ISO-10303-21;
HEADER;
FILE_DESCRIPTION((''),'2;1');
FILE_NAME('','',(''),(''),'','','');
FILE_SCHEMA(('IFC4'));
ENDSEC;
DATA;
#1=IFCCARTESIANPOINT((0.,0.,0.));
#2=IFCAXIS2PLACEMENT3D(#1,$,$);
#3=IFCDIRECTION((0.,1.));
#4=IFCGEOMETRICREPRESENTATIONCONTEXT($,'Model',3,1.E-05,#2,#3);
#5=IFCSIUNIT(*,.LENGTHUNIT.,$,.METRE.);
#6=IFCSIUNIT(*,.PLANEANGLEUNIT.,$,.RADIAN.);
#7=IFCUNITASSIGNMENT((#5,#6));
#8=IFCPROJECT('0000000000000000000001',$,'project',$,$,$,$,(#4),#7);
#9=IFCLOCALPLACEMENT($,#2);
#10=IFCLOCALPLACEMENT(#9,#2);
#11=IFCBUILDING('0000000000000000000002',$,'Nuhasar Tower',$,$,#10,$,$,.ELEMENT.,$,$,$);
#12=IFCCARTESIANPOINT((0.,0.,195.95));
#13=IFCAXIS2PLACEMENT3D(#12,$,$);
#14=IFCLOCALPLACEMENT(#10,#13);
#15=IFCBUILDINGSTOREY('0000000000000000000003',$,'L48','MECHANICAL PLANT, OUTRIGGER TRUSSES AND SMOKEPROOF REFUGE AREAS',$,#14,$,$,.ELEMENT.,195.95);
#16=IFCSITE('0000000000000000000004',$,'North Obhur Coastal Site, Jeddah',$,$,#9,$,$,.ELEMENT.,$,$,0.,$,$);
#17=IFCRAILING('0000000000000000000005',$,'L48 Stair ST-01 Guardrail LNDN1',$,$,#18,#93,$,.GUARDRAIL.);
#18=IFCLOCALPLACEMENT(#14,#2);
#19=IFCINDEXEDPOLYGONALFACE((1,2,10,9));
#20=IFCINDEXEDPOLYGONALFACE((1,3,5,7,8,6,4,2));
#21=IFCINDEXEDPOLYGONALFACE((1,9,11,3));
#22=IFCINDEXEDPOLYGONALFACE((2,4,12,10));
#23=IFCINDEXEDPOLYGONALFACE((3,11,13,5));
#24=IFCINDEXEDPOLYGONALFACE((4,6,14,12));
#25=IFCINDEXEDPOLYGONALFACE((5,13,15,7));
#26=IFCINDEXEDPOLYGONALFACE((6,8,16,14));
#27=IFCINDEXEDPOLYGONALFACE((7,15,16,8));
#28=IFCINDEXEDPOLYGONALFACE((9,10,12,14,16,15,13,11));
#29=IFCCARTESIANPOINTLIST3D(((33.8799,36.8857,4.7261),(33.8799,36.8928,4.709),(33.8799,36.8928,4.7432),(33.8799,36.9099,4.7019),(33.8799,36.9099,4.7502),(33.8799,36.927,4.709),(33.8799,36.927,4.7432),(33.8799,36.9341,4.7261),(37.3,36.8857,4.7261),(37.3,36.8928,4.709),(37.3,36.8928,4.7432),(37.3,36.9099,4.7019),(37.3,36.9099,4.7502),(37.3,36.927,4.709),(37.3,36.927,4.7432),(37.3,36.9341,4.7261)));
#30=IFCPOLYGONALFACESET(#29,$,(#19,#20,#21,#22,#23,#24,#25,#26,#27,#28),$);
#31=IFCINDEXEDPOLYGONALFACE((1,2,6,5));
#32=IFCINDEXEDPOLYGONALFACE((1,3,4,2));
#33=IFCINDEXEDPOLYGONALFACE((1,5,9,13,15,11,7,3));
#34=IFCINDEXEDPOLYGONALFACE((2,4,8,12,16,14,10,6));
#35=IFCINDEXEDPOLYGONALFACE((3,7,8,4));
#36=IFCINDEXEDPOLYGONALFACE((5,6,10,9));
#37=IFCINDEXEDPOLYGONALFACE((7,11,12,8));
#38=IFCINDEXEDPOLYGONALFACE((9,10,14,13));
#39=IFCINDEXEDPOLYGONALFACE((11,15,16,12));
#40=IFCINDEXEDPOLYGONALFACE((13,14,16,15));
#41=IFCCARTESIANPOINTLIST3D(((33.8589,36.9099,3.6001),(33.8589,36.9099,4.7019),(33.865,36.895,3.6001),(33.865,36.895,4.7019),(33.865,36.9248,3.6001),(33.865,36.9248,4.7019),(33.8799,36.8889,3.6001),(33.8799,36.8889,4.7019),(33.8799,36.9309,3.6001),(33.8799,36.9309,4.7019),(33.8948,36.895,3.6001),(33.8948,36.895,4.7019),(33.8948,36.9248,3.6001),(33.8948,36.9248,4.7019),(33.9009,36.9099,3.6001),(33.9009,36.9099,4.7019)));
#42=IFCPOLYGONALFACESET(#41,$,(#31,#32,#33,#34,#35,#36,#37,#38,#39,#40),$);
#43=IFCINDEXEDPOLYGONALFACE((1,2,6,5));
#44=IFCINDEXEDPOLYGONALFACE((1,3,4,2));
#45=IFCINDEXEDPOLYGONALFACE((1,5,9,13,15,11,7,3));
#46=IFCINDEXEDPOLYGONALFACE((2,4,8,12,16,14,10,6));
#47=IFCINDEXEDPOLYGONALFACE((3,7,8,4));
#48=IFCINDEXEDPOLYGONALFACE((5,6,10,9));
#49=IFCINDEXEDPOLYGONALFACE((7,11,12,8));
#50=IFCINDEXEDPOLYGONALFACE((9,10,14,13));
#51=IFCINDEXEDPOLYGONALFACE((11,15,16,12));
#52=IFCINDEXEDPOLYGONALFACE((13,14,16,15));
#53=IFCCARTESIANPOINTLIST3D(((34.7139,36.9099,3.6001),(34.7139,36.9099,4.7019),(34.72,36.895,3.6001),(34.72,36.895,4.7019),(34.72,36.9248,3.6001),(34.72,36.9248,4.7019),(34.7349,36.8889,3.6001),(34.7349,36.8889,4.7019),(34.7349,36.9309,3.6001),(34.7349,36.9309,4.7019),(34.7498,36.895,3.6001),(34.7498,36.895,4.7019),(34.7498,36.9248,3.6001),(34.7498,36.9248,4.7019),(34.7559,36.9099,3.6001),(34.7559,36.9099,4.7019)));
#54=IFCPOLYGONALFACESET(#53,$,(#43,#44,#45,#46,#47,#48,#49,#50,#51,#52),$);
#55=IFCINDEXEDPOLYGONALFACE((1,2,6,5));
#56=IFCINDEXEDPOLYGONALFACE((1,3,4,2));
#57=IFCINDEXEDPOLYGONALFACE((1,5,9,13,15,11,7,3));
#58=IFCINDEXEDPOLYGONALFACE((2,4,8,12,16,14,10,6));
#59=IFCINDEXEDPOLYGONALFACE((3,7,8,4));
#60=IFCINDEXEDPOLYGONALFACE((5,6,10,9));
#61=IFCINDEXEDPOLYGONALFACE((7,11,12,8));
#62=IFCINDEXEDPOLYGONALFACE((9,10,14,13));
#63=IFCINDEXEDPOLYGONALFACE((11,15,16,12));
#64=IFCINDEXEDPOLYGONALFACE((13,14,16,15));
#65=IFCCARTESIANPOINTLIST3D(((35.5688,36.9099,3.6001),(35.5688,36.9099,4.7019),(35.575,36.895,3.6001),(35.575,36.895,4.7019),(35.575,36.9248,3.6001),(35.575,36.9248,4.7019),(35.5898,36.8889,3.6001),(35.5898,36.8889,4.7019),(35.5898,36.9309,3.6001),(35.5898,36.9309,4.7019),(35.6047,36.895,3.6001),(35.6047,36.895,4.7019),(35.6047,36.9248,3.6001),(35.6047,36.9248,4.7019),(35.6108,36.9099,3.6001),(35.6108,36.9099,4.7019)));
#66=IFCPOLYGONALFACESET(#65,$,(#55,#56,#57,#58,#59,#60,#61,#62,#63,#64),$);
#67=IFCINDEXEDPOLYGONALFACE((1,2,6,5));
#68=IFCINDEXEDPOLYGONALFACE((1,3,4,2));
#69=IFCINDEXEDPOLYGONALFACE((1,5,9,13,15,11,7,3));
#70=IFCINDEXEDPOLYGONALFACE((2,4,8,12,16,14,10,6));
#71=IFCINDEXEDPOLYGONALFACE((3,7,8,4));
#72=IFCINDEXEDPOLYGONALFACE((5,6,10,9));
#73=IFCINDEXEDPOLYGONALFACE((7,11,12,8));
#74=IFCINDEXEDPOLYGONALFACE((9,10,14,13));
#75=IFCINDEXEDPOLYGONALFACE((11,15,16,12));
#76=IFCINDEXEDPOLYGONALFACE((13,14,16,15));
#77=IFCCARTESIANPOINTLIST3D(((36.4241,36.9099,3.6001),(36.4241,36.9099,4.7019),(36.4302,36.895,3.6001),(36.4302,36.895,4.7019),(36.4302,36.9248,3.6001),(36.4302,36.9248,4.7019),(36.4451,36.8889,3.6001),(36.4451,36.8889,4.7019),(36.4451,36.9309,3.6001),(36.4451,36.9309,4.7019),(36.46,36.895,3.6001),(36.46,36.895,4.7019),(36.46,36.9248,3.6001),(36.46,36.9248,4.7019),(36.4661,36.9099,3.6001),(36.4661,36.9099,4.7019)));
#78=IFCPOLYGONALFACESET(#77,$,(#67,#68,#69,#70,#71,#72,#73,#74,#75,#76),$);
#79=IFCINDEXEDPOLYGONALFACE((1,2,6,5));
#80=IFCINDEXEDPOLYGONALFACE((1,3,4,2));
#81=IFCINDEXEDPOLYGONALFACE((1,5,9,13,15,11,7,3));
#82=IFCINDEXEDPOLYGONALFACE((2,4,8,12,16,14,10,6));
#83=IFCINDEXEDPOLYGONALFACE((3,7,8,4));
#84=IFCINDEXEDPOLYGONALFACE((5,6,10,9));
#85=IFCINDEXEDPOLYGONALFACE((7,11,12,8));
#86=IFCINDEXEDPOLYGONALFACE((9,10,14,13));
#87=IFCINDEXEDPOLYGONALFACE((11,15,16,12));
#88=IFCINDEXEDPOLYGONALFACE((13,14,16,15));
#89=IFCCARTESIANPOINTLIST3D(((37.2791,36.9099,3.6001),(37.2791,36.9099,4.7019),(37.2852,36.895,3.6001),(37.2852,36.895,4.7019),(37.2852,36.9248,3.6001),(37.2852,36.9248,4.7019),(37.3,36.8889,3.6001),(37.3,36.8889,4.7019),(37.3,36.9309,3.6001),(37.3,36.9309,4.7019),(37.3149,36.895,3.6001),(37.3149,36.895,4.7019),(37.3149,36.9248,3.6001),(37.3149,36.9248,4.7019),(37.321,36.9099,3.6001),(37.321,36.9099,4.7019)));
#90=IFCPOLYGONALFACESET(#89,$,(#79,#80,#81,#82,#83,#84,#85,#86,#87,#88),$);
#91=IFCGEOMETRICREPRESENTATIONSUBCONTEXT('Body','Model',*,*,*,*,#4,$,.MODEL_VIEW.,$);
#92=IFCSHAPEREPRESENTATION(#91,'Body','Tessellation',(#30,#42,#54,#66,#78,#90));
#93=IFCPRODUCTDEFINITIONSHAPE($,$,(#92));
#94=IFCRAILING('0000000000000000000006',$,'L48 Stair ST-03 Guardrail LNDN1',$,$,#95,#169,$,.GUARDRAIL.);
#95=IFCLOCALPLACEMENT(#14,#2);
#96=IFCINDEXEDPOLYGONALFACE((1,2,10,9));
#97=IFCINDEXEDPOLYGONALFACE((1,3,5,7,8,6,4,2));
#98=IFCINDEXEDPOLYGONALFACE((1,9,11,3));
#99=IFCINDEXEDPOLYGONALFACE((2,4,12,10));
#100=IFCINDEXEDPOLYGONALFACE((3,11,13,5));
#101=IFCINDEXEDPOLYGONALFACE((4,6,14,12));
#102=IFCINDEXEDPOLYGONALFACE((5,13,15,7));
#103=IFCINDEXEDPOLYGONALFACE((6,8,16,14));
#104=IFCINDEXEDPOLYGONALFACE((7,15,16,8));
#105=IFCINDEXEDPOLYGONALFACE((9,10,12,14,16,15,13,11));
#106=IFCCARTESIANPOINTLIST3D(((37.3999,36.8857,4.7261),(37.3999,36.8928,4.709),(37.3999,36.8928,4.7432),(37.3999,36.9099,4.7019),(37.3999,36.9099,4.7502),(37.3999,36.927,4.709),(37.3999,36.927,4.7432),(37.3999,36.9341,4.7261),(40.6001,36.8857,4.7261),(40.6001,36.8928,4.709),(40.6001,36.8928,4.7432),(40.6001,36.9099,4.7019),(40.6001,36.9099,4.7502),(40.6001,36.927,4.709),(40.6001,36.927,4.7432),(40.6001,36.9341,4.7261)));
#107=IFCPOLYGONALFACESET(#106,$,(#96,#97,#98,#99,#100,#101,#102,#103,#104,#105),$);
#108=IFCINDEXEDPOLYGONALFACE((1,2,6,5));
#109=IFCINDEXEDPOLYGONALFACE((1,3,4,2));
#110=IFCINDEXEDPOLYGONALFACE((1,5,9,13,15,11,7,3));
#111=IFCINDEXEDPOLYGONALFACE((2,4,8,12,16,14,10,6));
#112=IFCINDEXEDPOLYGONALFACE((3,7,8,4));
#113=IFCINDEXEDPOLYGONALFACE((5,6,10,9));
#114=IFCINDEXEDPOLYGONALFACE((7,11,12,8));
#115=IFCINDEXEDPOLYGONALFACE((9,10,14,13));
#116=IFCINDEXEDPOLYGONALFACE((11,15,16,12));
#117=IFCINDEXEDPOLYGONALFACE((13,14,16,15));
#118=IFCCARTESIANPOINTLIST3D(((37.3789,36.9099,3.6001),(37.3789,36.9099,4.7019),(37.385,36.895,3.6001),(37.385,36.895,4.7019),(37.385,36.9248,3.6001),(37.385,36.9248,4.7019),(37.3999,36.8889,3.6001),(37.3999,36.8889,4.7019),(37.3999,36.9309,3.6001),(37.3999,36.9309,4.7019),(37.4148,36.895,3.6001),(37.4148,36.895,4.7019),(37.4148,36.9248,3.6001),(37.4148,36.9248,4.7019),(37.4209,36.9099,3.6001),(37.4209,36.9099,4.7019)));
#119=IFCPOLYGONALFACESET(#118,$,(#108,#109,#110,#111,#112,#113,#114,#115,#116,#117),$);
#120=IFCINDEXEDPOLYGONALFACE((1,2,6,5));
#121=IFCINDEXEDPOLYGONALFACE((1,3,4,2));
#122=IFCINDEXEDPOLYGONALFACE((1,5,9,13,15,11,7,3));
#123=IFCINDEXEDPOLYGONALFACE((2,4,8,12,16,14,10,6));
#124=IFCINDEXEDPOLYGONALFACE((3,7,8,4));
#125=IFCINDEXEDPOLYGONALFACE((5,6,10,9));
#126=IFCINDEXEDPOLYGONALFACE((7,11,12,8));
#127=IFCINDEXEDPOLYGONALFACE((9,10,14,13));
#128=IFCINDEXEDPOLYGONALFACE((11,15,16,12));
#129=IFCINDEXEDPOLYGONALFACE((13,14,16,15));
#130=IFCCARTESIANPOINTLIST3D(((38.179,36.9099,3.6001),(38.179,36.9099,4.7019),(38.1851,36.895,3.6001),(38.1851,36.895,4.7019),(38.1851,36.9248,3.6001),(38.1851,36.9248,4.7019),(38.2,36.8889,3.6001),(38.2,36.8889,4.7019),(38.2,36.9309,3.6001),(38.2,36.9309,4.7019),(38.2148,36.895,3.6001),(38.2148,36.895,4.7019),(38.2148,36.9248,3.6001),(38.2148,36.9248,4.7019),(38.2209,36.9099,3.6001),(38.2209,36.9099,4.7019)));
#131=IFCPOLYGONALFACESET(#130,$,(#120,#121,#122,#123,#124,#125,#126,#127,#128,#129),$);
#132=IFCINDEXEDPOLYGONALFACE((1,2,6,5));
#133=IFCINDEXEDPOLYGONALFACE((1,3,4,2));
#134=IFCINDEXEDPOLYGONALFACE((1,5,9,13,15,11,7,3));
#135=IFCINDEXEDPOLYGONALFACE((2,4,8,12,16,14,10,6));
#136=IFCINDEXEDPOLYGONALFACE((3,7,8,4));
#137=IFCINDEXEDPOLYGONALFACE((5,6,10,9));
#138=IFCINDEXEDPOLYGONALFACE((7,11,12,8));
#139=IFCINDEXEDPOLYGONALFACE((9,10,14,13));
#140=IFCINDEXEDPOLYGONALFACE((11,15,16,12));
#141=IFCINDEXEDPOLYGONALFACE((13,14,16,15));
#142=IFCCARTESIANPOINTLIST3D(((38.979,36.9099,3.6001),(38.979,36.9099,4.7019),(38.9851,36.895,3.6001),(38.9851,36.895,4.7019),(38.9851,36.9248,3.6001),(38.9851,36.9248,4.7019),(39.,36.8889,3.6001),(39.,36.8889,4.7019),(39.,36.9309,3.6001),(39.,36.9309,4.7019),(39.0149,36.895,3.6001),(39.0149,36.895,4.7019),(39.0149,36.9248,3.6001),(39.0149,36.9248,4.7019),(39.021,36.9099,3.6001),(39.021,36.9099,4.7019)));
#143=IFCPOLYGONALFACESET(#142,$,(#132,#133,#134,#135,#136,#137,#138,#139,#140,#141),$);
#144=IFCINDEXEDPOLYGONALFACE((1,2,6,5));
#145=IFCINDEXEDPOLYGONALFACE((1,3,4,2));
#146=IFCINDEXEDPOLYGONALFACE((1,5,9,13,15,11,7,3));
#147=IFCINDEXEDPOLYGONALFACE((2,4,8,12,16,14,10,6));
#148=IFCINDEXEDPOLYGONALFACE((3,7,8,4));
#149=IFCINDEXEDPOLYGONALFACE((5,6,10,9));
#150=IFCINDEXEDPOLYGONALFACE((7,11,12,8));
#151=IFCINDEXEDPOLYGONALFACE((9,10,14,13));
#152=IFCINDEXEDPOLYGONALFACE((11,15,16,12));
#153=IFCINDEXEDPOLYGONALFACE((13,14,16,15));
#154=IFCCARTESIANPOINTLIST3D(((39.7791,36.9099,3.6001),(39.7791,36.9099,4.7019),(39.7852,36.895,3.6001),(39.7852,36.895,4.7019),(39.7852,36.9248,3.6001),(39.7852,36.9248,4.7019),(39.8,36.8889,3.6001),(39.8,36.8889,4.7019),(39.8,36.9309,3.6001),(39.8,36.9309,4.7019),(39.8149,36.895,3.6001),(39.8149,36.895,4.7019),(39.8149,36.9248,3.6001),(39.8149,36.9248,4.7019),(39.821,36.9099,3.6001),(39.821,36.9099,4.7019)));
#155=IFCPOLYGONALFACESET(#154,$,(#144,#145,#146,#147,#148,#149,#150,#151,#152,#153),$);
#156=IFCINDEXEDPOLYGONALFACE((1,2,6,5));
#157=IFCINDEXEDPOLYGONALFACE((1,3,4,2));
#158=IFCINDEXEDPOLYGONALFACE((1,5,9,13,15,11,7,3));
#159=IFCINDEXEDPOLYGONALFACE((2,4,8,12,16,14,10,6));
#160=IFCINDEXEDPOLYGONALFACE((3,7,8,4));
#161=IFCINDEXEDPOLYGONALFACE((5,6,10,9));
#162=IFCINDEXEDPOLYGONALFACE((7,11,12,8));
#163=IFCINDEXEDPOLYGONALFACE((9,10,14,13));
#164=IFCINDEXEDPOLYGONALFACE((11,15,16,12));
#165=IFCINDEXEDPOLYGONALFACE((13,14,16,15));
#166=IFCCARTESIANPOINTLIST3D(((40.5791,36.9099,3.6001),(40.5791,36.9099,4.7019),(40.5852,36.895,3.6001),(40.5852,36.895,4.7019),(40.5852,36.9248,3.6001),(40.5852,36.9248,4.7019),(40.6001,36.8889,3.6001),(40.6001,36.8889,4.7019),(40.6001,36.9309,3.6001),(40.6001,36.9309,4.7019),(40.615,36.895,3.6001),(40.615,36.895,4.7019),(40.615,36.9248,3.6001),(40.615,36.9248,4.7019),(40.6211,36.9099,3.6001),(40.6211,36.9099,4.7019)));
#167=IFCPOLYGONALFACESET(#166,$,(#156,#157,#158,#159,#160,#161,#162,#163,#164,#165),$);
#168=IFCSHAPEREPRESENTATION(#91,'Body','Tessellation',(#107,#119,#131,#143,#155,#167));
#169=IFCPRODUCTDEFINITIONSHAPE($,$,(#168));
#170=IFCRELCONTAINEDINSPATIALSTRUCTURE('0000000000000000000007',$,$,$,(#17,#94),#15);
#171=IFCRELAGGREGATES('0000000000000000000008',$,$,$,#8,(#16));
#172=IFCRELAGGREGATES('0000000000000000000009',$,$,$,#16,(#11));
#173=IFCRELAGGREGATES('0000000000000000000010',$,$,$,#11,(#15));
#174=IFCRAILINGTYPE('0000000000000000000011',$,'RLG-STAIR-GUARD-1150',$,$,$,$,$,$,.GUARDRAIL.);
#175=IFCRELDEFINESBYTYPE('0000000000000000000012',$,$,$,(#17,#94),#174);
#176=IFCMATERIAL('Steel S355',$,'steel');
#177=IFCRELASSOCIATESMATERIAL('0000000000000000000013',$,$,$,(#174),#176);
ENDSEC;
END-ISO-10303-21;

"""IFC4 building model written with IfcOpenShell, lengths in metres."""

from ifc_helpers import new_model, si_unit, direction, frame, origin, place, context, subcontext, project, spatial, polyline, outline, extrude, material, type_object, element, save


model = new_model("IFC4")

# Units and contexts
model_context = context("Model", 3, precision=1e-05, world=origin(), true_north=direction((0.0, 1.0)))
body_context = subcontext(model_context, "Body", "Model", "MODEL_VIEW")
ifc_project = project(units=[si_unit("LENGTHUNIT", "METRE"), si_unit("PLANEANGLEUNIT", "RADIAN")], contexts=[model_context])

# Site, building, storey
site_placement = place(None, origin())
site = spatial("IfcSite", under=ifc_project, at=site_placement, Name="North Obhur Coastal Site, Jeddah", CompositionType="ELEMENT", RefElevation=0.0)
building_placement = place(site_placement, origin())
building = spatial("IfcBuilding", under=site, at=building_placement, Name="Nuhasar Tower", CompositionType="ELEMENT")
storey_placement = place(building_placement, frame((0.0, 0.0, 195.95)))
storey = spatial("IfcBuildingStorey", under=building, at=storey_placement, Name="L48", Description="MECHANICAL PLANT, OUTRIGGER TRUSSES AND SMOKEPROOF REFUGE AREAS", CompositionType="ELEMENT", Elevation=195.95)

# Shared definitions
ifc_material_1 = material(Name="Steel S355", Category="steel")

# Railings
railing_type_1 = type_object("IfcRailingType", Name="RLG-STAIR-GUARD-1150", PredefinedType="GUARDRAIL", material=ifc_material_1)
railing_1_placement = place(storey_placement, frame((33.8799, 36.9099, 3.6001)))
element("IfcRailing", 1, at=railing_1_placement, inside=storey, type_object=railing_type_1, Name="L48 Stair ST-01 Guardrail LNDN1", PredefinedType="GUARDRAIL", context=body_context, shape_type="SweptSolid", body=[
    extrude(outline(polyline([(0.0242, 0.0), (0.0171, 0.0171), (0.0, 0.0242), (-0.0171, 0.0171), (-0.0242, 0.0), (-0.0171, -0.0171), (0.0, -0.0242), (0.0171, -0.0171), (0.0242, 0.0)])), frame((0.0, 0.0, 1.126), z_axis=(1.0, 0.0, 0.0), x_axis=(0.0, 1.0, 0.0)), (0.0, 0.0, 1.0), 3.4202),
    extrude(outline(polyline([(0.021, 0.0), (0.0149, 0.0149), (0.0, 0.021), (-0.0149, 0.0149), (-0.021, 0.0), (-0.0149, -0.0149), (0.0, -0.021), (0.0149, -0.0149), (0.021, 0.0)])), origin(), (0.0, 0.0, 1.0), 1.1018),
    extrude(outline(polyline([(0.021, 0.0), (0.0149, 0.0149), (0.0, 0.021), (-0.0149, 0.0149), (-0.021, 0.0), (-0.0149, -0.0149), (0.0, -0.021), (0.0149, -0.0149), (0.021, 0.0)])), frame((0.855, 0.0, 0.0)), (0.0, 0.0, 1.0), 1.1018),
    extrude(outline(polyline([(0.021, 0.0), (0.0149, 0.0149), (0.0, 0.021), (-0.0149, 0.0149), (-0.021, 0.0), (-0.0149, -0.0149), (0.0, -0.021), (0.0149, -0.0149), (0.021, 0.0)])), frame((1.71, 0.0, 0.0)), (0.0, 0.0, 1.0), 1.1018),
    extrude(outline(polyline([(0.021, 0.0), (0.0149, 0.0149), (0.0, 0.021), (-0.0149, 0.0149), (-0.021, 0.0), (-0.0149, -0.0149), (0.0, -0.021), (0.0149, -0.0149), (0.021, 0.0)])), frame((2.5652, 0.0, 0.0)), (0.0, 0.0, 1.0), 1.1018),
    extrude(outline(polyline([(0.021, 0.0), (0.0149, 0.0149), (0.0, 0.021), (-0.0149, 0.0149), (-0.021, 0.0), (-0.0149, -0.0149), (0.0, -0.021), (0.0149, -0.0149), (0.021, 0.0)])), frame((3.4202, 0.0, 0.0)), (0.0, 0.0, 1.0), 1.1018),
])
railing_2_placement = place(storey_placement, frame((37.3999, 36.9099, 3.6001)))
element("IfcRailing", 2, at=railing_2_placement, inside=storey, type_object=railing_type_1, Name="L48 Stair ST-03 Guardrail LNDN1", PredefinedType="GUARDRAIL", context=body_context, shape_type="SweptSolid", body=[
    extrude(outline(polyline([(0.0242, 0.0), (0.0171, 0.0171), (0.0, 0.0242), (-0.0171, 0.0171), (-0.0242, 0.0), (-0.0171, -0.0171), (0.0, -0.0242), (0.0171, -0.0171), (0.0242, 0.0)])), frame((0.0, 0.0, 1.126), z_axis=(1.0, 0.0, 0.0), x_axis=(0.0, 1.0, 0.0)), (0.0, 0.0, 1.0), 3.2002),
    extrude(outline(polyline([(0.021, 0.0), (0.0149, 0.0149), (0.0, 0.021), (-0.0149, 0.0149), (-0.021, 0.0), (-0.0149, -0.0149), (0.0, -0.021), (0.0149, -0.0149), (0.021, 0.0)])), origin(), (0.0, 0.0, 1.0), 1.1018),
    extrude(outline(polyline([(0.021, 0.0), (0.0149, 0.0149), (0.0, 0.021), (-0.0149, 0.0149), (-0.021, 0.0), (-0.0149, -0.0149), (0.0, -0.021), (0.0149, -0.0149), (0.021, 0.0)])), frame((0.8, 0.0, 0.0)), (0.0, 0.0, 1.0), 1.1018),
    extrude(outline(polyline([(0.021, 0.0), (0.0149, 0.0149), (0.0, 0.021), (-0.0149, 0.0149), (-0.021, 0.0), (-0.0149, -0.0149), (0.0, -0.021), (0.0149, -0.0149), (0.021, 0.0)])), frame((1.6001, 0.0, 0.0)), (0.0, 0.0, 1.0), 1.1018),
    extrude(outline(polyline([(0.021, 0.0), (0.0149, 0.0149), (0.0, 0.021), (-0.0149, 0.0149), (-0.021, 0.0), (-0.0149, -0.0149), (0.0, -0.021), (0.0149, -0.0149), (0.021, 0.0)])), frame((2.4001, 0.0, 0.0)), (0.0, 0.0, 1.0), 1.1018),
    extrude(outline(polyline([(0.021, 0.0), (0.0149, 0.0149), (0.0, 0.021), (-0.0149, 0.0149), (-0.021, 0.0), (-0.0149, -0.0149), (0.0, -0.021), (0.0149, -0.0149), (0.021, 0.0)])), frame((3.2002, 0.0, 0.0)), (0.0, 0.0, 1.0), 1.1018),
])

save(model, "model.ifc")
